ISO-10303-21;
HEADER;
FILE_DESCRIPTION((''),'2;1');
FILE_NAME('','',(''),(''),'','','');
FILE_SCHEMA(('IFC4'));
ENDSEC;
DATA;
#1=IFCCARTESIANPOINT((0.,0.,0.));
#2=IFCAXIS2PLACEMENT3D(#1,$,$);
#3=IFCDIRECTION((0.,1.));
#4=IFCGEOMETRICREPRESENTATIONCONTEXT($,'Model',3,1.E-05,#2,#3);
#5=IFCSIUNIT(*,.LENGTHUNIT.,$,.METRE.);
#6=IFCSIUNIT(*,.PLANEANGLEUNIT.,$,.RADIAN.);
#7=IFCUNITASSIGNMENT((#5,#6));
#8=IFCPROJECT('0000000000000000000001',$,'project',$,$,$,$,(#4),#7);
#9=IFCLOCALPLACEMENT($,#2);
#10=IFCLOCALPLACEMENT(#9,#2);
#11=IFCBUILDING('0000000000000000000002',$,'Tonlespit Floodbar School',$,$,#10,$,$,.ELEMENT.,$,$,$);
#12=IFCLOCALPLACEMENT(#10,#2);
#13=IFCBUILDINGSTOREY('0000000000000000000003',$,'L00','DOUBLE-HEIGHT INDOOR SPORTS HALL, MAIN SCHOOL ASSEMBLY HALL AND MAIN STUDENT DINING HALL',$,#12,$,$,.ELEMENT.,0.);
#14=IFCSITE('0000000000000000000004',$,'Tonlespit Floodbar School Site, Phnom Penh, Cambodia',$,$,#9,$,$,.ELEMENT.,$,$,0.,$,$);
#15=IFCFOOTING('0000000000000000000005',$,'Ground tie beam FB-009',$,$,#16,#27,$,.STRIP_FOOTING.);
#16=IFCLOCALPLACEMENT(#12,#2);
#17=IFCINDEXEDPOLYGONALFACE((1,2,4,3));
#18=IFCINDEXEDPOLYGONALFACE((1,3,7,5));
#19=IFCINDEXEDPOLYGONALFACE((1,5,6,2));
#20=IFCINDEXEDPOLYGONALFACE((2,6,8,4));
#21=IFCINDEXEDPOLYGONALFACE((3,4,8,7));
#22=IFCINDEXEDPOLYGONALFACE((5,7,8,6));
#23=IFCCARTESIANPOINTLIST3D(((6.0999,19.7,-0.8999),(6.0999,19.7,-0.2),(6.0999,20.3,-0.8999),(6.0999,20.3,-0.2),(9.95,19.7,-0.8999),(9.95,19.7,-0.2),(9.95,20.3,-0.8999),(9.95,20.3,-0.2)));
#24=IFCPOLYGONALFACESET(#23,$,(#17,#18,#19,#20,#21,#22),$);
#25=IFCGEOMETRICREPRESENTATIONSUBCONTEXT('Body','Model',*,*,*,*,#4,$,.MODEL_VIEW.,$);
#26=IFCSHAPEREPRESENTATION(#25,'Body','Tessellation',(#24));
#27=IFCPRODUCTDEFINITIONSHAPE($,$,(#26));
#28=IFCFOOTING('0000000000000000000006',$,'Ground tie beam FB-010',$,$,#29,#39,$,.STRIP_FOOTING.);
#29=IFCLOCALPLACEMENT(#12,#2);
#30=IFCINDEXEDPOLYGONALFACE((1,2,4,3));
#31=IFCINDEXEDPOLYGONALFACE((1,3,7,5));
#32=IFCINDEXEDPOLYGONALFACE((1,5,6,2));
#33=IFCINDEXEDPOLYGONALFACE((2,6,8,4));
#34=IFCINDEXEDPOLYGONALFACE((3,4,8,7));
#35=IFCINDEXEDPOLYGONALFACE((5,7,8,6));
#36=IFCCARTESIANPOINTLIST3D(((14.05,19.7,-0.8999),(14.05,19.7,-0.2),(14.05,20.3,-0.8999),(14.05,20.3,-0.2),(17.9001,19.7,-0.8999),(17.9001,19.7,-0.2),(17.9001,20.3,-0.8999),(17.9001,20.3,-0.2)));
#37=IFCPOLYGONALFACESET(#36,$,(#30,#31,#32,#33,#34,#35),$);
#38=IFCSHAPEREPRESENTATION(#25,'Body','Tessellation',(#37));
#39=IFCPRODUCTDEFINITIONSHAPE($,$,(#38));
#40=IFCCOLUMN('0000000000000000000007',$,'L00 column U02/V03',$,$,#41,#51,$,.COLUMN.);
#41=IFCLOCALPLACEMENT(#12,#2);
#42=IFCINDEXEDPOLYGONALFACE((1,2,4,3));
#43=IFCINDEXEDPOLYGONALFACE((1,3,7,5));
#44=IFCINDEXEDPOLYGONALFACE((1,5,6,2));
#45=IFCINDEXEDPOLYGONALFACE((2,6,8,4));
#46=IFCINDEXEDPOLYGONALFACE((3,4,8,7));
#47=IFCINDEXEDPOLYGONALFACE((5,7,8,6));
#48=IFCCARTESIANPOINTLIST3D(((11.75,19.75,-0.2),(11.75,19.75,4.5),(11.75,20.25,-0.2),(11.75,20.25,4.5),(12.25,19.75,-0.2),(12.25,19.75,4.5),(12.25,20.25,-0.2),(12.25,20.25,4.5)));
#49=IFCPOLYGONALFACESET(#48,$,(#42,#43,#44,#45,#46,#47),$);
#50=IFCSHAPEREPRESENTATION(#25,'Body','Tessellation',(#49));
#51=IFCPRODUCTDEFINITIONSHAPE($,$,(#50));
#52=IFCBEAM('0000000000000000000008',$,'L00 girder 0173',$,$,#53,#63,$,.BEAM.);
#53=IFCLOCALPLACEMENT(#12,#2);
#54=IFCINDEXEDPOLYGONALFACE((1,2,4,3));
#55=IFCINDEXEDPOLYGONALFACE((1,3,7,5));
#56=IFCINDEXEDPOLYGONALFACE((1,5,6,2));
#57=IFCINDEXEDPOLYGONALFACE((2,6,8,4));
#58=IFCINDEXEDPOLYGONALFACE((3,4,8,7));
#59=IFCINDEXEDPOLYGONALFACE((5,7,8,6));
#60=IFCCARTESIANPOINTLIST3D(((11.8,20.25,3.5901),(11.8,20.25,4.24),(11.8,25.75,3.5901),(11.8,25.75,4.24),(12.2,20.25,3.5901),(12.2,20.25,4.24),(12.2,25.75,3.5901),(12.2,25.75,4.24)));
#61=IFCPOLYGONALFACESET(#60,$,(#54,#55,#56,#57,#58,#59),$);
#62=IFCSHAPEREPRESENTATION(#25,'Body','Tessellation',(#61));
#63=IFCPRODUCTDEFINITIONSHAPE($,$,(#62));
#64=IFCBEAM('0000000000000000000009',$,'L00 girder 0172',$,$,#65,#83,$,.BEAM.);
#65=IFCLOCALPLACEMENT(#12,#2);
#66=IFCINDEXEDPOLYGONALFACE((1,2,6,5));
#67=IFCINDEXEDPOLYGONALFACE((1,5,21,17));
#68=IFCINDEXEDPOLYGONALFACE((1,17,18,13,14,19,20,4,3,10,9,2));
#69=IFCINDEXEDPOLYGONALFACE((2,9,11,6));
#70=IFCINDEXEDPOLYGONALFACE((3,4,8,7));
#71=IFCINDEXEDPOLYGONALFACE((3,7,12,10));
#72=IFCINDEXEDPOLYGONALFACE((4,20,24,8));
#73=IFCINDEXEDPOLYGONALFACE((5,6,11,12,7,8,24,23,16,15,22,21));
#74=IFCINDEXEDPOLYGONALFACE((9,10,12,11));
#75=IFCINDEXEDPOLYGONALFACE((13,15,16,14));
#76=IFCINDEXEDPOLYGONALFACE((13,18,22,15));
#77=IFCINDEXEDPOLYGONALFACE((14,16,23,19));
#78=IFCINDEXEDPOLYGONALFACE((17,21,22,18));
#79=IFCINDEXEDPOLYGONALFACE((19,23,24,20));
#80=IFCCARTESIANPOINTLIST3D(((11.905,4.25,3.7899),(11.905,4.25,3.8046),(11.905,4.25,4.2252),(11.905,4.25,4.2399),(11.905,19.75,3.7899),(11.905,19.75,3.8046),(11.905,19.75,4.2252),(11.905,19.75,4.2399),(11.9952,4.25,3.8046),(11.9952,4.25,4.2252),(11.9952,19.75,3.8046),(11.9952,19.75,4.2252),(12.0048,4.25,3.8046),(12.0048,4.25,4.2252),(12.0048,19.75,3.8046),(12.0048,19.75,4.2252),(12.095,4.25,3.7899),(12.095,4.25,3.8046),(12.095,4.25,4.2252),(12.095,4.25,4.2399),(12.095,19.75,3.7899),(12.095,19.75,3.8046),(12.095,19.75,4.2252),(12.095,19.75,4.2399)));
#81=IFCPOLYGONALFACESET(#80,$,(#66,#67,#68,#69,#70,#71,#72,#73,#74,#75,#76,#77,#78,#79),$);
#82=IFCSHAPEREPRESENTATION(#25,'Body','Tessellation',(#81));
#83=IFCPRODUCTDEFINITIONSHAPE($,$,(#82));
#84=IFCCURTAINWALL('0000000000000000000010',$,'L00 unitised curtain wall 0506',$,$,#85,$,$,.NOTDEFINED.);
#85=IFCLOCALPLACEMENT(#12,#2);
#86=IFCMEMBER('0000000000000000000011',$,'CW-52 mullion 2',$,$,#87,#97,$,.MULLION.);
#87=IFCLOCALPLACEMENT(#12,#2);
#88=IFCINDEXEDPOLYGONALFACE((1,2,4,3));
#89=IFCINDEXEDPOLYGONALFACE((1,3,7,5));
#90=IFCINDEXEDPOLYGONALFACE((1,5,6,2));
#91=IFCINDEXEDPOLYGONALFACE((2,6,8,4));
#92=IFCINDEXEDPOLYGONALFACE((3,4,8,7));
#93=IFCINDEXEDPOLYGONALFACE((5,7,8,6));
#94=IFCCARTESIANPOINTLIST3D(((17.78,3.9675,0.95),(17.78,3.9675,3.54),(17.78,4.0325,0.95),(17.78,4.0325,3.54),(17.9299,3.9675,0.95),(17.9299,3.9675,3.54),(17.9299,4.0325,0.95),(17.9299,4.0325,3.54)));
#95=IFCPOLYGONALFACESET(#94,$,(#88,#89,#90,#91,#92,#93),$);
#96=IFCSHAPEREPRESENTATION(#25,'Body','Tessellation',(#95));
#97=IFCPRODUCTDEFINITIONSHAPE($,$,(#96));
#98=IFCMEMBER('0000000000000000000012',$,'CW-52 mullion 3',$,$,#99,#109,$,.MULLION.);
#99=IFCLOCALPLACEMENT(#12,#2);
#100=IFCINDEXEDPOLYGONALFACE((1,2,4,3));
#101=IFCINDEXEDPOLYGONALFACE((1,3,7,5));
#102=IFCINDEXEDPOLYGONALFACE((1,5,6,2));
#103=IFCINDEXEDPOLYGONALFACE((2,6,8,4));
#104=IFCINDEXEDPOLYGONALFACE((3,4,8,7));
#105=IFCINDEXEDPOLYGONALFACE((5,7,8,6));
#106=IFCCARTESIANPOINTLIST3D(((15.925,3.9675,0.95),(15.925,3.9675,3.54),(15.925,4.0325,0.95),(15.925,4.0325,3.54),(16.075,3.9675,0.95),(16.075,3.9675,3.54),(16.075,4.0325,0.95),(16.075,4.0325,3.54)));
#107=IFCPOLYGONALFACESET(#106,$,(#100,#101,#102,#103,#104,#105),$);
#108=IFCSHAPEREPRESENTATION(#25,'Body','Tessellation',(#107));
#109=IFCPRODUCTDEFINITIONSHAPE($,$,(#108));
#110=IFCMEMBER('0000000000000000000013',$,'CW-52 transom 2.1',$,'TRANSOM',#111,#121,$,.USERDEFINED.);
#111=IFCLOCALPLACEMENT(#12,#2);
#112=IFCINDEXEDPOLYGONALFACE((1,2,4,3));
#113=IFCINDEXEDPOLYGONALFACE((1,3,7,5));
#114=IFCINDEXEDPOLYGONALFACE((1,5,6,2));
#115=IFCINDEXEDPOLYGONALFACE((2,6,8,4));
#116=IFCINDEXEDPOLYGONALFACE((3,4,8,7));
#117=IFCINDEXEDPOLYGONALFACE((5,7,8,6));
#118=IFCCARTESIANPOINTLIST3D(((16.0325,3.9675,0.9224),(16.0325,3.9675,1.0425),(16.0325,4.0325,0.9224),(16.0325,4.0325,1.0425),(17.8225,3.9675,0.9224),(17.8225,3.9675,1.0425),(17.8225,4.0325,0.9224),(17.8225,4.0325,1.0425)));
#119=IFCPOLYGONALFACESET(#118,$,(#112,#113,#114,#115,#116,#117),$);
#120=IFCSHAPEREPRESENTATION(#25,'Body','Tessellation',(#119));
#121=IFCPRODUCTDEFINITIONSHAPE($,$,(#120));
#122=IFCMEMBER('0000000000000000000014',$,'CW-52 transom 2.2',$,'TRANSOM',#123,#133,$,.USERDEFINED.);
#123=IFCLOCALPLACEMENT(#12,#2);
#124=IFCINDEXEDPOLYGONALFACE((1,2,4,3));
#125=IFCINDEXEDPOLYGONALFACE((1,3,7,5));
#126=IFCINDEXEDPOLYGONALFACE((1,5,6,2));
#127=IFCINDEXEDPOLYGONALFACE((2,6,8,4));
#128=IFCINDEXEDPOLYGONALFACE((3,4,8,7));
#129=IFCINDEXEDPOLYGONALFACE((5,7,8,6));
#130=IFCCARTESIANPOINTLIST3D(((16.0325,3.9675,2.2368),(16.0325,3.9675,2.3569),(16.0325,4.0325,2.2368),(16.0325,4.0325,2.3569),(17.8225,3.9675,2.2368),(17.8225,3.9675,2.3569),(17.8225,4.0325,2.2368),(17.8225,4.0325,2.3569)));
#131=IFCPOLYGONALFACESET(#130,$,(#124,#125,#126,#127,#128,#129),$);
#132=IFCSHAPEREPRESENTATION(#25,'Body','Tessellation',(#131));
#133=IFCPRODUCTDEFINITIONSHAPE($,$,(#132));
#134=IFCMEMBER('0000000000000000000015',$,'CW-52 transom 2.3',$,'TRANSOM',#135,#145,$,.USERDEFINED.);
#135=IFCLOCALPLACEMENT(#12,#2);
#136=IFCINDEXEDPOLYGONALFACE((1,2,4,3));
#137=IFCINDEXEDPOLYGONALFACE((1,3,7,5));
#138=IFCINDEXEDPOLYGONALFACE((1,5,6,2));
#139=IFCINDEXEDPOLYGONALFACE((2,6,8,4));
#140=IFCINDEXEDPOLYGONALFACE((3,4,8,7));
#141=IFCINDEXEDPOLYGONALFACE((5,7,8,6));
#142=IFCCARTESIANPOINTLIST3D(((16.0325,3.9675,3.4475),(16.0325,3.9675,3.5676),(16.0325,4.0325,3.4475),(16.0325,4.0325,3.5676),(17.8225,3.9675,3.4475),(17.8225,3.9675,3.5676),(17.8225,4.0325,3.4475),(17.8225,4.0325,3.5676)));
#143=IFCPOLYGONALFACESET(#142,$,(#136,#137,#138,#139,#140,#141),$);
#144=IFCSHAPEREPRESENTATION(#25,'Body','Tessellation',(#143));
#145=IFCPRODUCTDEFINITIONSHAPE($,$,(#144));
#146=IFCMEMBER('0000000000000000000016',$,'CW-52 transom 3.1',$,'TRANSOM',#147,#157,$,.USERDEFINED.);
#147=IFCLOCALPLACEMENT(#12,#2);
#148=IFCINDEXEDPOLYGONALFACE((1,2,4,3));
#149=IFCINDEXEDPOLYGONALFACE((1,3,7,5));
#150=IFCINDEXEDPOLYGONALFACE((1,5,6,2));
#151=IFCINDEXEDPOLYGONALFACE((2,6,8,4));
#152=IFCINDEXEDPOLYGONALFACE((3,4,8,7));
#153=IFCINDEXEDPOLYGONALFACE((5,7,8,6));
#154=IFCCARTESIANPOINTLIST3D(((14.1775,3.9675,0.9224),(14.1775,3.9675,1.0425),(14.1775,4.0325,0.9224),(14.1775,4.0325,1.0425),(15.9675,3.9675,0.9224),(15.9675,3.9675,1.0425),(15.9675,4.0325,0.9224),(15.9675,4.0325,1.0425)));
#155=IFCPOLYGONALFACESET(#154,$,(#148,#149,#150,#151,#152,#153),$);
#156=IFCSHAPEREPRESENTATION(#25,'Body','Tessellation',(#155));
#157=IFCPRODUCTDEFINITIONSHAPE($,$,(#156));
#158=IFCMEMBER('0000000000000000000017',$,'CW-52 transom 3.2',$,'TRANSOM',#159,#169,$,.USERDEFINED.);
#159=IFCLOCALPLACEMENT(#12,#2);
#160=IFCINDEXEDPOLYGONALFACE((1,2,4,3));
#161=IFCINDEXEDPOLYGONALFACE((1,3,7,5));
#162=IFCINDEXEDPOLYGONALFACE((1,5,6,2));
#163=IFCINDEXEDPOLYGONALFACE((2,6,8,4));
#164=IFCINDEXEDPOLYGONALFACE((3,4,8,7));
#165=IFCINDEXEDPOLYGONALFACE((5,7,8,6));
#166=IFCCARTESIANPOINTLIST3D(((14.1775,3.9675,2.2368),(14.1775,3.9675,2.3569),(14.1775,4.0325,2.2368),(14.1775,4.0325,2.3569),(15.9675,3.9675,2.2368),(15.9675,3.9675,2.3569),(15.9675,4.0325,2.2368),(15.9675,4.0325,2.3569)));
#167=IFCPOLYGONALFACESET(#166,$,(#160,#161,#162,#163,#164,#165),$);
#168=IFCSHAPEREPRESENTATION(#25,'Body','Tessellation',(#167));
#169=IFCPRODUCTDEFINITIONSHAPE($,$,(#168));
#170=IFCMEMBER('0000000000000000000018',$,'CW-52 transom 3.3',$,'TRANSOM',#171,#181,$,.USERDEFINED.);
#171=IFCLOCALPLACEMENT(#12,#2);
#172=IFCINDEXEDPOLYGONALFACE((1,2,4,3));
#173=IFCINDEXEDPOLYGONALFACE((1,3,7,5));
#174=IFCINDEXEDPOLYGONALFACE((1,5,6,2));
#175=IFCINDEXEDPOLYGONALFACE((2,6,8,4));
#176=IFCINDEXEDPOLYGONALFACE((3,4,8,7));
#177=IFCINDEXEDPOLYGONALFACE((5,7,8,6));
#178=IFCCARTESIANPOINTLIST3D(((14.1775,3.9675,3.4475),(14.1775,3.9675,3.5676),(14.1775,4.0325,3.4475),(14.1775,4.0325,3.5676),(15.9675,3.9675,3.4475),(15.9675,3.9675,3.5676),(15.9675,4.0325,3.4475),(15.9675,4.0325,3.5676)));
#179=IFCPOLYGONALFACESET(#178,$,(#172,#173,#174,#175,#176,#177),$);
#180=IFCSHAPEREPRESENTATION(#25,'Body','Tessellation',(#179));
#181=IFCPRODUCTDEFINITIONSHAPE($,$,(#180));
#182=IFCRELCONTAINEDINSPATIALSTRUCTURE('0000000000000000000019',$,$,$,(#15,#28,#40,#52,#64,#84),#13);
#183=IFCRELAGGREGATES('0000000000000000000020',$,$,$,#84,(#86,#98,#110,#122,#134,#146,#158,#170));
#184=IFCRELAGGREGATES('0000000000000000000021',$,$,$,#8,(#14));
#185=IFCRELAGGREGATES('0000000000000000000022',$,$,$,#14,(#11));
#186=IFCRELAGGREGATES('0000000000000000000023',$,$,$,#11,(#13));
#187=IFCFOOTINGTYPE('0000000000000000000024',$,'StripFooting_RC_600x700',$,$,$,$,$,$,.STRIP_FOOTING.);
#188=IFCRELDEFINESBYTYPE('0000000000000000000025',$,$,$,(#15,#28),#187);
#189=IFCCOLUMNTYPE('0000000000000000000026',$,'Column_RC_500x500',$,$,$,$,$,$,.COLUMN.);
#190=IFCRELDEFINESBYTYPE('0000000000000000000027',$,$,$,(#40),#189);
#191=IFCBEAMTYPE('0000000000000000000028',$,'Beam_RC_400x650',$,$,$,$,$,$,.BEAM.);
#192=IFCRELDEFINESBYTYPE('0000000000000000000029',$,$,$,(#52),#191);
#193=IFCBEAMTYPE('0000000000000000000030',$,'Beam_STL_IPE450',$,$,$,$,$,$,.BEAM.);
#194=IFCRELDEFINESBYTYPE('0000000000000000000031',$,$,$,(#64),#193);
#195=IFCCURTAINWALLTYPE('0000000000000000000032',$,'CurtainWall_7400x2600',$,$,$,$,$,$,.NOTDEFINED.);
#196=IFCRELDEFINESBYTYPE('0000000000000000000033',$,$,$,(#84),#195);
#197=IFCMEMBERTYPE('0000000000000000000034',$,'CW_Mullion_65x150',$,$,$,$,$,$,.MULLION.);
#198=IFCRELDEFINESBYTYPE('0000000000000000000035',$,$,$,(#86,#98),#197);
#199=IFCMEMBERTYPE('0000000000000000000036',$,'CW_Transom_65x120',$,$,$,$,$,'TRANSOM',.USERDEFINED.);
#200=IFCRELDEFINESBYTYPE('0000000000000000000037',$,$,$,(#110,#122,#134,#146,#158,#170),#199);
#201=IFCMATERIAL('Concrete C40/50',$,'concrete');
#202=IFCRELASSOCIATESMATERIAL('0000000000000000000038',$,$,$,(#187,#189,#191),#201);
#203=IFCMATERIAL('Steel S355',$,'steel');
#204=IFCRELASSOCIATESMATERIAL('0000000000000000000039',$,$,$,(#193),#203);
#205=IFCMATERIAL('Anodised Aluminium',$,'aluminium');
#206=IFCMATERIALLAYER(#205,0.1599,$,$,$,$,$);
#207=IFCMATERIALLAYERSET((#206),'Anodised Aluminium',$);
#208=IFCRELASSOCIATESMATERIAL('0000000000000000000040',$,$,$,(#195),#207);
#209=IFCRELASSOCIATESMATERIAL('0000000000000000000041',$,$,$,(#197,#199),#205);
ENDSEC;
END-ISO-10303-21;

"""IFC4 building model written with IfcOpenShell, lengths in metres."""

from ifc_helpers import new_model, si_unit, direction, frame, origin, origin_2d, place, context, subcontext, project, spatial, rectangle, i_section, extrude, material, layer, layer_set, material_profile, profile_set, type_object, element, aggregate, save


model = new_model("IFC4")

# Units and contexts
model_context = context("Model", 3, precision=1e-05, world=origin(), true_north=direction((0.0, 1.0)))
body_context = subcontext(model_context, "Body", "Model", "MODEL_VIEW")
ifc_project = project(units=[si_unit("LENGTHUNIT", "METRE"), si_unit("PLANEANGLEUNIT", "RADIAN")], contexts=[model_context])

# Site, building, storey
site_placement = place(None, origin())
site = spatial("IfcSite", under=ifc_project, at=site_placement, Name="Tonlespit Floodbar School Site, Phnom Penh, Cambodia", CompositionType="ELEMENT", RefElevation=0.0)
building_placement = place(site_placement, origin())
building = spatial("IfcBuilding", under=site, at=building_placement, Name="Tonlespit Floodbar School", CompositionType="ELEMENT")
storey_placement = place(building_placement, origin())
storey = spatial("IfcBuildingStorey", under=building, at=storey_placement, Name="L00", Description="DOUBLE-HEIGHT INDOOR SPORTS HALL, MAIN SCHOOL ASSEMBLY HALL AND MAIN STUDENT DINING HALL", CompositionType="ELEMENT", Elevation=0.0)

# Shared definitions
ifc_material_1 = material(Name="Concrete C40/50", Category="concrete")

# Footings
footing_type_1 = type_object("IfcFootingType", Name="StripFooting_RC_600x700", PredefinedType="STRIP_FOOTING", material=ifc_material_1)
for number, where, z_axis, x_axis, name in (
    (1, (8.0249, 20.0, -0.8999), (0.0, 0.0, 1.0), (1.0, 0.0, 0.0), "Ground tie beam FB-009"),
    (2, (15.9751, 20.0, -0.8999), (0.0, 0.0, 1.0), (1.0, 0.0, 0.0), "Ground tie beam FB-010"),
):
    element("IfcFooting", number, at=place(storey_placement, frame(where, z_axis=z_axis, x_axis=x_axis)), inside=storey, type_object=footing_type_1, Name=name, PredefinedType="STRIP_FOOTING", context=body_context, shape_type="SweptSolid", body=[
        extrude(rectangle(XDim=3.8501, YDim=0.6001, at=origin_2d()), origin(), (0.0, 0.0, 1.0), 0.7),
    ])

# Column
ifc_material_profile_1 = material_profile(ifc_material_1, rectangle(XDim=0.5, YDim=0.5, at=origin_2d()), Name="RC 500x500")
ifc_profile_set_1 = profile_set([ifc_material_profile_1], Name="Concrete C40/50")
column_type = type_object("IfcColumnType", Name="Column_RC_500x500", PredefinedType="COLUMN", material=ifc_profile_set_1)
column_placement = place(storey_placement, frame((12.0, 20.0, -0.2), z_axis=(0.0, 0.0, 1.0), x_axis=(1.0, 0.0, 0.0)))
element("IfcColumn", 3, at=column_placement, inside=storey, type_object=column_type, Name="L00 column U02/V03", PredefinedType="COLUMN", context=body_context, shape_type="SweptSolid", body=[
    extrude(rectangle(XDim=0.5, YDim=0.5, at=origin_2d()), origin(), (0.0, 0.0, 1.0), 4.7),
])

# Beams
ifc_material_profile_2 = material_profile(ifc_material_1, rectangle(XDim=0.3999, YDim=0.6499, at=origin_2d()), Name="RC 400x650")
ifc_profile_set_2 = profile_set([ifc_material_profile_2], Name="Concrete C40/50")
beam_type_1 = type_object("IfcBeamType", Name="Beam_RC_400x650", PredefinedType="BEAM", material=ifc_profile_set_2)
beam_1_placement = place(storey_placement, frame((12.0, 20.25, 3.915), z_axis=(0.0, 1.0, 0.0), x_axis=(-1.0, 0.0, 0.0)))
element("IfcBeam", 4, at=beam_1_placement, inside=storey, type_object=beam_type_1, Name="L00 girder 0173", PredefinedType="BEAM", context=body_context, shape_type="SweptSolid", body=[
    extrude(rectangle(XDim=0.3999, YDim=0.6499, at=origin_2d()), origin(), (0.0, 0.0, 1.0), 5.5),
])
ifc_material_2 = material(Name="Steel S355", Category="steel")
ifc_material_profile_3 = material_profile(ifc_material_2, i_section(OverallWidth=0.1899, OverallDepth=0.45, WebThickness=0.0095, FlangeThickness=0.0146, at=origin_2d()), Name="IPE 450")
ifc_profile_set_3 = profile_set([ifc_material_profile_3], Name="Steel S355")
beam_type_2 = type_object("IfcBeamType", Name="Beam_STL_IPE450", PredefinedType="BEAM", material=ifc_profile_set_3)
beam_2_placement = place(storey_placement, frame((12.0, 4.25, 4.0149), z_axis=(0.0, 1.0, 0.0), x_axis=(-1.0, 0.0, 0.0)))
element("IfcBeam", 5, at=beam_2_placement, inside=storey, type_object=beam_type_2, Name="L00 girder 0172", PredefinedType="BEAM", context=body_context, shape_type="SweptSolid", body=[
    extrude(i_section(OverallWidth=0.1899, OverallDepth=0.45, WebThickness=0.0095, FlangeThickness=0.0146, at=origin_2d()), origin(), (0.0, 0.0, 1.0), 15.5),
])

# Curtain wall, members
ifc_material_3 = material(Name="Anodised Aluminium", Category="aluminium")
ifc_layer_1 = layer(ifc_material_3, 0.1599)
ifc_layer_set_1 = layer_set([ifc_layer_1], Name="Anodised Aluminium")
curtain_wall_type = type_object("IfcCurtainWallType", Name="CurtainWall_7400x2600", PredefinedType="NOTDEFINED", material=ifc_layer_set_1)
curtain_wall_placement = place(storey_placement, origin())
curtain_wall = element("IfcCurtainWall", 6, at=curtain_wall_placement, inside=storey, type_object=curtain_wall_type, Name="L00 unitised curtain wall 0506", PredefinedType="NOTDEFINED")
ifc_material_profile_4 = material_profile(ifc_material_3, rectangle(XDim=0.0649, YDim=0.1499, at=origin_2d()), Name="ALU M65x150")
ifc_profile_set_4 = profile_set([ifc_material_profile_4], Name="Anodised Aluminium")
member_type_1 = type_object("IfcMemberType", Name="CW_Mullion_65x150", PredefinedType="MULLION", material=ifc_profile_set_4)
member_1_placement = place(storey_placement, frame((17.855, 4.0, 0.95), z_axis=(0.0, 0.0, 1.0), x_axis=(0.0, -1.0, 0.0)))
member_1 = element("IfcMember", 7, at=member_1_placement, type_object=member_type_1, Name="CW-52 mullion 2", PredefinedType="MULLION", context=body_context, shape_type="SweptSolid", body=[
    extrude(rectangle(XDim=0.0649, YDim=0.1499, at=origin_2d()), origin(), (0.0, 0.0, 1.0), 2.5901),
])
member_2_placement = place(storey_placement, frame((16.0, 4.0, 0.95), z_axis=(0.0, 0.0, 1.0), x_axis=(0.0, -1.0, 0.0)))
member_2 = element("IfcMember", 8, at=member_2_placement, type_object=member_type_1, Name="CW-52 mullion 3", PredefinedType="MULLION", context=body_context, shape_type="SweptSolid", body=[
    extrude(rectangle(XDim=0.0649, YDim=0.1499, at=origin_2d()), origin(), (0.0, 0.0, 1.0), 2.5901),
])
ifc_material_profile_5 = material_profile(ifc_material_3, rectangle(XDim=0.0649, YDim=0.1201, at=origin_2d()), Name="ALU T65x120")
ifc_profile_set_5 = profile_set([ifc_material_profile_5], Name="Anodised Aluminium")
member_type_2 = type_object("IfcMemberType", Name="CW_Transom_65x120", ElementType="TRANSOM", PredefinedType="USERDEFINED", material=ifc_profile_set_5)
member_3_placement = place(storey_placement, frame((17.8225, 4.0, 0.9824), z_axis=(-1.0, 0.0, 0.0), x_axis=(0.0, -1.0, 0.0)))
member_3 = element("IfcMember", 9, at=member_3_placement, type_object=member_type_2, Name="CW-52 transom 2.1", ObjectType="TRANSOM", PredefinedType="USERDEFINED", context=body_context, shape_type="SweptSolid", body=[
    extrude(rectangle(XDim=0.0649, YDim=0.1201, at=origin_2d()), origin(), (0.0, 0.0, 1.0), 1.79),
])
member_4_placement = place(storey_placement, frame((17.8225, 4.0, 2.2969), z_axis=(-1.0, 0.0, 0.0), x_axis=(0.0, -1.0, 0.0)))
member_4 = element("IfcMember", 10, at=member_4_placement, type_object=member_type_2, Name="CW-52 transom 2.2", ObjectType="TRANSOM", PredefinedType="USERDEFINED", context=body_context, shape_type="SweptSolid", body=[
    extrude(rectangle(XDim=0.0649, YDim=0.1201, at=origin_2d()), origin(), (0.0, 0.0, 1.0), 1.79),
])
member_5_placement = place(storey_placement, frame((17.8225, 4.0, 3.5076), z_axis=(-1.0, 0.0, 0.0), x_axis=(0.0, -1.0, 0.0)))
member_5 = element("IfcMember", 11, at=member_5_placement, type_object=member_type_2, Name="CW-52 transom 2.3", ObjectType="TRANSOM", PredefinedType="USERDEFINED", context=body_context, shape_type="SweptSolid", body=[
    extrude(rectangle(XDim=0.0649, YDim=0.1201, at=origin_2d()), origin(), (0.0, 0.0, 1.0), 1.79),
])
member_6_placement = place(storey_placement, frame((15.9675, 4.0, 0.9824), z_axis=(-1.0, 0.0, 0.0), x_axis=(0.0, -1.0, 0.0)))
member_6 = element("IfcMember", 12, at=member_6_placement, type_object=member_type_2, Name="CW-52 transom 3.1", ObjectType="TRANSOM", PredefinedType="USERDEFINED", context=body_context, shape_type="SweptSolid", body=[
    extrude(rectangle(XDim=0.0649, YDim=0.1201, at=origin_2d()), origin(), (0.0, 0.0, 1.0), 1.79),
])
member_7_placement = place(storey_placement, frame((15.9675, 4.0, 2.2969), z_axis=(-1.0, 0.0, 0.0), x_axis=(0.0, -1.0, 0.0)))
member_7 = element("IfcMember", 13, at=member_7_placement, type_object=member_type_2, Name="CW-52 transom 3.2", ObjectType="TRANSOM", PredefinedType="USERDEFINED", context=body_context, shape_type="SweptSolid", body=[
    extrude(rectangle(XDim=0.0649, YDim=0.1201, at=origin_2d()), origin(), (0.0, 0.0, 1.0), 1.79),
])
member_8_placement = place(storey_placement, frame((15.9675, 4.0, 3.5076), z_axis=(-1.0, 0.0, 0.0), x_axis=(0.0, -1.0, 0.0)))
member_8 = element("IfcMember", 14, at=member_8_placement, type_object=member_type_2, Name="CW-52 transom 3.3", ObjectType="TRANSOM", PredefinedType="USERDEFINED", context=body_context, shape_type="SweptSolid", body=[
    extrude(rectangle(XDim=0.0649, YDim=0.1201, at=origin_2d()), origin(), (0.0, 0.0, 1.0), 1.79),
])

aggregate(curtain_wall, [member_1, member_2, member_3, member_4, member_5, member_6, member_7, member_8])

save(model, "model.ifc")
